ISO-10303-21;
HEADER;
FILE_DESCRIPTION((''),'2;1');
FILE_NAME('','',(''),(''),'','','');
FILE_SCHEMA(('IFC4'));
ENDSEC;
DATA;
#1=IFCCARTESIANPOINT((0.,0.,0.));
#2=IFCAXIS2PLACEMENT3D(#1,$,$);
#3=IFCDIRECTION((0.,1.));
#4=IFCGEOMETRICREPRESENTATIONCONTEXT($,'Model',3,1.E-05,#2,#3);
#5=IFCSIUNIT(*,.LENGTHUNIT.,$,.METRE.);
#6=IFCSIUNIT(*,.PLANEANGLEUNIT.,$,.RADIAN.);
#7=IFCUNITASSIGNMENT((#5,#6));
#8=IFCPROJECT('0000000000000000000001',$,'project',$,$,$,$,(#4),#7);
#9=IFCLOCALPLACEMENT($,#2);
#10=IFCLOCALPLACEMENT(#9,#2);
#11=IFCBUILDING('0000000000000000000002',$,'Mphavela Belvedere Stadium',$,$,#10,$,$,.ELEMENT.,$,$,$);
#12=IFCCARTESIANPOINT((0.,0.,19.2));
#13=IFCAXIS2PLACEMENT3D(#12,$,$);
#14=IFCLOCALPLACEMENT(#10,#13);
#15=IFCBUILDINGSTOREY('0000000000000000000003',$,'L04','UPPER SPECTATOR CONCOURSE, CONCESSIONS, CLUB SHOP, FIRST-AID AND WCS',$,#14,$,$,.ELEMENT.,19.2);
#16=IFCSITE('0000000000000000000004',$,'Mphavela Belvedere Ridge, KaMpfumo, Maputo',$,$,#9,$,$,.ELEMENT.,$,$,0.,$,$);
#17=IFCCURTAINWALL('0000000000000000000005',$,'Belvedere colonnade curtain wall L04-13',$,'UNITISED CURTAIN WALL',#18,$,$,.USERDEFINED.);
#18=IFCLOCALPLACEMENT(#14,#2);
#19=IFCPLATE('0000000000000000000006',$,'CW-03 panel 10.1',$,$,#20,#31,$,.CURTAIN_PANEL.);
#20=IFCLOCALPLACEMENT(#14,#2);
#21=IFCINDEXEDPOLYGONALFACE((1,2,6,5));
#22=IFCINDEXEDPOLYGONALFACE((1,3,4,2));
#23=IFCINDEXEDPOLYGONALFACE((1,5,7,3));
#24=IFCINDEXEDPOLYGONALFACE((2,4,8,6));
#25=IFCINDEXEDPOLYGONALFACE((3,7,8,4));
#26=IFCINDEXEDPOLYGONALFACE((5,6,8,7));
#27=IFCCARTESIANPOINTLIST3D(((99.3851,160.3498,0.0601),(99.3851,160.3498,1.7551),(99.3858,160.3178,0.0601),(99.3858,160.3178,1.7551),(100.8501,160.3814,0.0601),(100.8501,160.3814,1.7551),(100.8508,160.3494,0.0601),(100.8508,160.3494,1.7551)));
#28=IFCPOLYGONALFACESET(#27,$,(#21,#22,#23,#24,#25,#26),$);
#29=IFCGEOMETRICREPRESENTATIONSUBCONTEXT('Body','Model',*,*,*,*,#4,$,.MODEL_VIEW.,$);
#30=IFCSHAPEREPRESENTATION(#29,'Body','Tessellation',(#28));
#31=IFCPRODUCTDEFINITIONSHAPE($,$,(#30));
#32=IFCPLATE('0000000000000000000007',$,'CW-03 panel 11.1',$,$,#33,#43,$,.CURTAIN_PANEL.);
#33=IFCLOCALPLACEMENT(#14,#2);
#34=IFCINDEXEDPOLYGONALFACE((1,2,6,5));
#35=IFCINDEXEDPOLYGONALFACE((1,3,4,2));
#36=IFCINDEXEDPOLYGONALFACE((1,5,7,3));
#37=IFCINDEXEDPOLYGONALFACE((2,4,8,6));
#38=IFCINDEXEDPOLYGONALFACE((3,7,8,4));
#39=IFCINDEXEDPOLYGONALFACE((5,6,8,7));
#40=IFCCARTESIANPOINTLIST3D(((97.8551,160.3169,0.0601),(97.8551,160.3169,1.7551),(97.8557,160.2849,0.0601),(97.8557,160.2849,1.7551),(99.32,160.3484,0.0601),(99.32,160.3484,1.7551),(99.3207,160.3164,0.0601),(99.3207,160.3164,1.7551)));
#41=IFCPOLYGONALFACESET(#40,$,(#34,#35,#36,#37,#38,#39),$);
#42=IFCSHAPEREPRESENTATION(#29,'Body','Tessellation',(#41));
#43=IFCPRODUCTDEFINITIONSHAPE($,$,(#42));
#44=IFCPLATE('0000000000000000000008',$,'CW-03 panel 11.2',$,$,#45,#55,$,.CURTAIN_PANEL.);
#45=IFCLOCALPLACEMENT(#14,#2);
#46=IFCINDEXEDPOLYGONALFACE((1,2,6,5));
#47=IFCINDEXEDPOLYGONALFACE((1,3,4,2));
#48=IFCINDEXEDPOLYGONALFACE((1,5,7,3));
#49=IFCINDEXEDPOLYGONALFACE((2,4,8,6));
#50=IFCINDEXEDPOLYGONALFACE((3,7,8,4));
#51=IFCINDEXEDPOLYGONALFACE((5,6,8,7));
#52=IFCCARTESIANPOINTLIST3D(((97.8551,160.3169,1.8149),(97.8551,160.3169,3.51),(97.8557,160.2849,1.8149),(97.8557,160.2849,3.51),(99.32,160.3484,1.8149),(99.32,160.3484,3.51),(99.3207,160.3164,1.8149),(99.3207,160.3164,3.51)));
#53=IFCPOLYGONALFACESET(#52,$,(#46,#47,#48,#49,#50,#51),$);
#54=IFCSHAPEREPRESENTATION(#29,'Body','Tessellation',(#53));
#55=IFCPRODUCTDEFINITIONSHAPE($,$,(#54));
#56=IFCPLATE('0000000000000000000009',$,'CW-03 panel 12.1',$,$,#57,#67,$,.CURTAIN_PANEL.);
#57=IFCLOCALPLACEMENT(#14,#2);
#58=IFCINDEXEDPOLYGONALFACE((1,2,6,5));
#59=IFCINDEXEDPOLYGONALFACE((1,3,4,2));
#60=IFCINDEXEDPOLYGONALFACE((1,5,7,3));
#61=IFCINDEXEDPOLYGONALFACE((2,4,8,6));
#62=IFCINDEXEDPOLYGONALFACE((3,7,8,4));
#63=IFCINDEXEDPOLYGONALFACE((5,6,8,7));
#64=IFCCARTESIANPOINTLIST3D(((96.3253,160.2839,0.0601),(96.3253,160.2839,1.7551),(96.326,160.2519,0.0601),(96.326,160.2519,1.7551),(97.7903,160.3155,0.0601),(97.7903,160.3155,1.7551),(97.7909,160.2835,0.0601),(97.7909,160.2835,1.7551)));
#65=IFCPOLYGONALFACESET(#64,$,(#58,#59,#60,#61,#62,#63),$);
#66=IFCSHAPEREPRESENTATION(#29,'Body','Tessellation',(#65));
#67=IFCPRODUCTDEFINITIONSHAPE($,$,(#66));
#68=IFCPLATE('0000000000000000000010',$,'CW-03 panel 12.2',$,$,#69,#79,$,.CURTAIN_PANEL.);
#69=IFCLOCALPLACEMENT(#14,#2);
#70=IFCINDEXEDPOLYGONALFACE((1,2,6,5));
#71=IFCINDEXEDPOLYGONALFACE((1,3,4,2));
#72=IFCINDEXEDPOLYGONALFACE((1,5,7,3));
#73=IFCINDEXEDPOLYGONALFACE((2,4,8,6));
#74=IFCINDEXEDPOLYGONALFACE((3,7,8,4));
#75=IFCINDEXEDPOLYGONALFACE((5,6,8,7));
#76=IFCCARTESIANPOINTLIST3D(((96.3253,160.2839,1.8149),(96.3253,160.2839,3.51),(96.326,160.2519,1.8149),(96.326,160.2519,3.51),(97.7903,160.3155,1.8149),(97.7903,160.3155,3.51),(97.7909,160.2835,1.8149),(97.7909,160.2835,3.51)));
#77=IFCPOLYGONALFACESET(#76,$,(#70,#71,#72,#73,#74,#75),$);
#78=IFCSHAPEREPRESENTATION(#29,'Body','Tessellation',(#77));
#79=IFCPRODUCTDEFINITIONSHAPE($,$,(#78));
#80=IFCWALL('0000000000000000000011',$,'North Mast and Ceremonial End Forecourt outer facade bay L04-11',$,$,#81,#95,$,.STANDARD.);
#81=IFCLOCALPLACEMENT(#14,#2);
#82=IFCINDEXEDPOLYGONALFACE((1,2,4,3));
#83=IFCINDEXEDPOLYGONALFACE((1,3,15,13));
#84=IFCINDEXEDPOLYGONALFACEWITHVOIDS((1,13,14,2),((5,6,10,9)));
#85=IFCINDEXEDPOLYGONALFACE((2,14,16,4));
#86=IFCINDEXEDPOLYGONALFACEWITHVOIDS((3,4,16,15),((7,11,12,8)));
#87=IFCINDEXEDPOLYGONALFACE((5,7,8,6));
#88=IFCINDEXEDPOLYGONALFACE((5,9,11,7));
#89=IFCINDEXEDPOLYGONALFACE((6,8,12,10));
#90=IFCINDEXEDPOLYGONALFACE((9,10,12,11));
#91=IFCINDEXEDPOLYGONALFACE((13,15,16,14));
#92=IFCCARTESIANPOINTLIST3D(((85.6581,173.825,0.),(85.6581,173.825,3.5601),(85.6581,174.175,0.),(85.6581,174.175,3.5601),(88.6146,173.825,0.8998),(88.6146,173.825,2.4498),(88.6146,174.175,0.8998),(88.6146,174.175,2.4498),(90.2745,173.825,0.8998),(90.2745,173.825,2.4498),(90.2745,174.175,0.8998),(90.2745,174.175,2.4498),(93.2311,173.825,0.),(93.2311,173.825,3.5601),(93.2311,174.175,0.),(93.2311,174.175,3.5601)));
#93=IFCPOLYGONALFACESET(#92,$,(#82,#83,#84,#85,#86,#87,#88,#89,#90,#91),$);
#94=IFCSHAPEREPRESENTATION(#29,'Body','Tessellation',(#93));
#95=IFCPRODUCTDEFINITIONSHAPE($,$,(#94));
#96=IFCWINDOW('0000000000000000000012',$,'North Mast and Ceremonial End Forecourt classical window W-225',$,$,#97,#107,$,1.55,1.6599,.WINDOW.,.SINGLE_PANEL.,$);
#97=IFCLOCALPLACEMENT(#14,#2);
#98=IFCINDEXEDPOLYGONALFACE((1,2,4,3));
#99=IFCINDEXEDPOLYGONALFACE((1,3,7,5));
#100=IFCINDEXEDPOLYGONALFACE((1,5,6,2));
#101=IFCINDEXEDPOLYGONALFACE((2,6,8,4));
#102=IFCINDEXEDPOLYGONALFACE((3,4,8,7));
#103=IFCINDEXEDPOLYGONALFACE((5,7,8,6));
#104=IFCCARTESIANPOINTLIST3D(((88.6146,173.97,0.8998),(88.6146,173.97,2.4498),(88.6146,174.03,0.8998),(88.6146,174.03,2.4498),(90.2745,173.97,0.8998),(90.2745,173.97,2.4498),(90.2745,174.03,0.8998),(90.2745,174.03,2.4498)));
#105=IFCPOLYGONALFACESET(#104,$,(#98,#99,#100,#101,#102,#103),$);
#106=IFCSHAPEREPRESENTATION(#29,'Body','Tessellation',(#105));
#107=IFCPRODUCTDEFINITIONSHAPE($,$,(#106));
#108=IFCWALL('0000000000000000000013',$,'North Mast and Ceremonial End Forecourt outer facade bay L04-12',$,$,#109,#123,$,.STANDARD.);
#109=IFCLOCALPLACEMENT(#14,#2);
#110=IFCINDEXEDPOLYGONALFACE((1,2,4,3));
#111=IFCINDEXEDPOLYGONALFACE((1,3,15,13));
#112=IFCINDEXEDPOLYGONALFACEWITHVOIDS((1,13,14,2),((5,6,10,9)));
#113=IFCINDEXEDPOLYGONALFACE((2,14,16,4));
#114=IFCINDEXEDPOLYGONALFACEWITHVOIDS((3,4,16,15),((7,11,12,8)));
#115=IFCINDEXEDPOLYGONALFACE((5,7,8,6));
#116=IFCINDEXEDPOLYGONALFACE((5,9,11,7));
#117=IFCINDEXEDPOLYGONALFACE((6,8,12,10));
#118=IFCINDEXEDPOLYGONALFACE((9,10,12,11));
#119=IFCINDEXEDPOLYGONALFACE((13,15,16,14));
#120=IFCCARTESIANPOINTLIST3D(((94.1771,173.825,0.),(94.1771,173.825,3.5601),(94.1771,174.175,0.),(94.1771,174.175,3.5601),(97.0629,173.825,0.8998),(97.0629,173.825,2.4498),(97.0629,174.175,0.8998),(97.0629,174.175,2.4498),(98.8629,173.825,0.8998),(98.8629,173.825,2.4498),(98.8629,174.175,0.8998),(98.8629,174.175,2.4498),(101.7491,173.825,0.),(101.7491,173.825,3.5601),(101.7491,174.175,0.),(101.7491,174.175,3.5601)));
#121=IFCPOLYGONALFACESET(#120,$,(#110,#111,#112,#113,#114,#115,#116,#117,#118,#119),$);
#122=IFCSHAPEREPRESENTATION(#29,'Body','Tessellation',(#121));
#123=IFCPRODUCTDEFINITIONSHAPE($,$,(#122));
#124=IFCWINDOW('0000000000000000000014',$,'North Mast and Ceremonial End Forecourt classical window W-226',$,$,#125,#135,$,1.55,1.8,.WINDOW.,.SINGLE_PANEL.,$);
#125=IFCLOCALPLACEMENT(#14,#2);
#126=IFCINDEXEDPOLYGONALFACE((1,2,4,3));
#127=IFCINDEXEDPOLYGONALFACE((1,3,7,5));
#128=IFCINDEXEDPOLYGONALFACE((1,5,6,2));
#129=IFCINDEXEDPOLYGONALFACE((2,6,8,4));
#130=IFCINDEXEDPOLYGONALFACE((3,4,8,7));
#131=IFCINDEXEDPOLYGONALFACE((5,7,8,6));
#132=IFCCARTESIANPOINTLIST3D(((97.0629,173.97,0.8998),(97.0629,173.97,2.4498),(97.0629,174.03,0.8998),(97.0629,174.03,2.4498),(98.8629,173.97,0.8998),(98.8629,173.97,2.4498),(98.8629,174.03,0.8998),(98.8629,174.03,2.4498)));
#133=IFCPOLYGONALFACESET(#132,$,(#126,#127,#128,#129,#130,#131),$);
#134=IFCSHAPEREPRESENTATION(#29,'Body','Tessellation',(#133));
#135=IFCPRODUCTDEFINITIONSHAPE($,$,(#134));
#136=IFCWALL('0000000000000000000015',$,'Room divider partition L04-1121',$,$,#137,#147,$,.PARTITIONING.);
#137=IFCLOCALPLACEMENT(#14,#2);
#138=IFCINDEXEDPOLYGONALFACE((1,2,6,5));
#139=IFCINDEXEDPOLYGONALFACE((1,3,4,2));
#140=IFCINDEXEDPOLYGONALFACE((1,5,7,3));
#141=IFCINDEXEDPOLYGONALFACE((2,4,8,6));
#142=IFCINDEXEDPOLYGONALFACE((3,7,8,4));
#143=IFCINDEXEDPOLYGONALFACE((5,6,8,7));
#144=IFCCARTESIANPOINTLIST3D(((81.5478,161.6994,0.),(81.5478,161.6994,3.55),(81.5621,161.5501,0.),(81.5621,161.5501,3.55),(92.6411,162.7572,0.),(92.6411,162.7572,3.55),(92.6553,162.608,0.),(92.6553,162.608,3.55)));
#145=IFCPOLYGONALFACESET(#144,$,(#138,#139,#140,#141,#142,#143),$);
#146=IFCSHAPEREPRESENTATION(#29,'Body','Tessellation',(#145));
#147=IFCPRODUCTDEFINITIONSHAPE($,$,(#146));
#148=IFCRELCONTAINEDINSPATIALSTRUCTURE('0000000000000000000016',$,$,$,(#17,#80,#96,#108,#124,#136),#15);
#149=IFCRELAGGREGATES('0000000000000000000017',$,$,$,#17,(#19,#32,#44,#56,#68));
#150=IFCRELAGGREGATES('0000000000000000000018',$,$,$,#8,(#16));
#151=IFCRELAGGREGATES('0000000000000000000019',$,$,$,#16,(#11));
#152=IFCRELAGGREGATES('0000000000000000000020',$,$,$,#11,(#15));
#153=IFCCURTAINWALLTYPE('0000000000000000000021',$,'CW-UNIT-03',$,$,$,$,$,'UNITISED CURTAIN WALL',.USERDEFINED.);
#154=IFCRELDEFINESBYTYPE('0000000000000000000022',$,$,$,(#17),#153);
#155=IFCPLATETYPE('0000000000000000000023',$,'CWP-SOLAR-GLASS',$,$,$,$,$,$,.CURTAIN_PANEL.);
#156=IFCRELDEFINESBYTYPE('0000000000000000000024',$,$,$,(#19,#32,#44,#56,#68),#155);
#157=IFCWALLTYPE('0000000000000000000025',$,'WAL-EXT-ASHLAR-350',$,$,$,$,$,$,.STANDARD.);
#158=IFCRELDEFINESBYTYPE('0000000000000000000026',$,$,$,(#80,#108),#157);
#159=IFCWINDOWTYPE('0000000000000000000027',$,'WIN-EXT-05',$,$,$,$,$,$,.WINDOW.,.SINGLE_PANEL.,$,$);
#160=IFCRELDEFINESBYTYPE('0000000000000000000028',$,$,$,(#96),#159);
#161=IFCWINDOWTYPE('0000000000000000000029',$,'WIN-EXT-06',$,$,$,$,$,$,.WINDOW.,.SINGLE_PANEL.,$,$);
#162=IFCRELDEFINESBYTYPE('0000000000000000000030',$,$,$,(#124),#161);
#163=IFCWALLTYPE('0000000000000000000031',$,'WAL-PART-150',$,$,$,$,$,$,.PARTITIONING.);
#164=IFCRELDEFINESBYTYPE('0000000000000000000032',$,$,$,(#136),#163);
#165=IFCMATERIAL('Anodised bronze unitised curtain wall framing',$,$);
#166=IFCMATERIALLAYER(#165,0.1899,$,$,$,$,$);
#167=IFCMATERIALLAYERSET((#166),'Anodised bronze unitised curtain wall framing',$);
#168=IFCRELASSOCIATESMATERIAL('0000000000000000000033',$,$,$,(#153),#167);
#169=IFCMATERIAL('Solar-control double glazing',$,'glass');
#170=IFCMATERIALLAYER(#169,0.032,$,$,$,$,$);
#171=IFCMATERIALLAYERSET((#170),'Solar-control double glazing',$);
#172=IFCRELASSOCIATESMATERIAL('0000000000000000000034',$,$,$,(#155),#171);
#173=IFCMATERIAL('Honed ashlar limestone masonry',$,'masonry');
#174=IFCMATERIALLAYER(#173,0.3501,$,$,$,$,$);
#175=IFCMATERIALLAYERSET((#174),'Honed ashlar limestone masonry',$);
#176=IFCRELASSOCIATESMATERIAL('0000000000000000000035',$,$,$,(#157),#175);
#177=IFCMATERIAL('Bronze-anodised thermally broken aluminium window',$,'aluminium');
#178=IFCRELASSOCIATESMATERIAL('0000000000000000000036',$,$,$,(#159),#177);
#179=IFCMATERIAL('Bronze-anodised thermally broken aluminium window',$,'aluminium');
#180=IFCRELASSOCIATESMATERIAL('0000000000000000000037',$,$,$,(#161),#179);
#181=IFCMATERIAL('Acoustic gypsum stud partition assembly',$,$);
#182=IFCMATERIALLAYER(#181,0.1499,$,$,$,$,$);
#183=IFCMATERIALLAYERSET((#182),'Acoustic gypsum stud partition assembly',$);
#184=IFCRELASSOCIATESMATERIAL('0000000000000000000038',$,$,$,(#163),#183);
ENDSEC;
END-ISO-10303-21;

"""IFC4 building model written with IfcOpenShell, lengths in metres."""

from ifc_helpers import new_model, si_unit, direction, frame, frame_2d, origin, origin_2d, place, context, subcontext, project, spatial, rectangle, extrude, material, layer, layer_set, type_object, element, fill, aggregate, save


model = new_model("IFC4")

# Units and contexts
model_context = context("Model", 3, precision=1e-05, world=origin(), true_north=direction((0.0, 1.0)))
body_context = subcontext(model_context, "Body", "Model", "MODEL_VIEW")
ifc_project = project(units=[si_unit("LENGTHUNIT", "METRE"), si_unit("PLANEANGLEUNIT", "RADIAN")], contexts=[model_context])

# Site, building, storey
site_placement = place(None, origin())
site = spatial("IfcSite", under=ifc_project, at=site_placement, Name="Mphavela Belvedere Ridge, KaMpfumo, Maputo", CompositionType="ELEMENT", RefElevation=0.0)
building_placement = place(site_placement, origin())
building = spatial("IfcBuilding", under=site, at=building_placement, Name="Mphavela Belvedere Stadium", CompositionType="ELEMENT")
storey_placement = place(building_placement, frame((0.0, 0.0, 19.2)))
storey = spatial("IfcBuildingStorey", under=building, at=storey_placement, Name="L04", Description="UPPER SPECTATOR CONCOURSE, CONCESSIONS, CLUB SHOP, FIRST-AID AND WCS", CompositionType="ELEMENT", Elevation=19.2)

# Curtain wall, plates
ifc_material_1 = material(Name="Anodised bronze unitised curtain wall framing")
ifc_layer_1 = layer(ifc_material_1, 0.1899)
ifc_layer_set_1 = layer_set([ifc_layer_1], Name="Anodised bronze unitised curtain wall framing")
curtain_wall_type = type_object("IfcCurtainWallType", Name="CW-UNIT-03", ElementType="UNITISED CURTAIN WALL", PredefinedType="USERDEFINED", material=ifc_layer_set_1)
curtain_wall_placement = place(storey_placement, origin())
curtain_wall = element("IfcCurtainWall", 1, at=curtain_wall_placement, inside=storey, type_object=curtain_wall_type, Name="Belvedere colonnade curtain wall L04-13", ObjectType="UNITISED CURTAIN WALL", PredefinedType="USERDEFINED")
ifc_material_2 = material(Name="Solar-control double glazing", Category="glass")
ifc_layer_2 = layer(ifc_material_2, 0.032)
ifc_layer_set_2 = layer_set([ifc_layer_2], Name="Solar-control double glazing")
plate_type = type_object("IfcPlateType", Name="CWP-SOLAR-GLASS", PredefinedType="CURTAIN_PANEL", material=ifc_layer_set_2)
plate_1_placement = place(storey_placement, frame((100.1179, 160.3496, 0.0601), z_axis=(0.0, 0.0, 1.0), x_axis=(-0.999768, -0.021527, 0.0)))
plate_1 = element("IfcPlate", 2, at=plate_1_placement, type_object=plate_type, Name="CW-03 panel 10.1", PredefinedType="CURTAIN_PANEL", context=body_context, shape_type="SweptSolid", body=[
    extrude(rectangle(XDim=1.4653, YDim=0.032, at=origin_2d()), origin(), (0.0, 0.0, 1.0), 1.6951),
])
plate_2_placement = place(storey_placement, frame((98.5879, 160.3167, 0.0601), z_axis=(0.0, 0.0, 1.0), x_axis=(-0.999768, -0.021527, 0.0)))
plate_2 = element("IfcPlate", 3, at=plate_2_placement, type_object=plate_type, Name="CW-03 panel 11.1", PredefinedType="CURTAIN_PANEL", context=body_context, shape_type="SweptSolid", body=[
    extrude(rectangle(XDim=1.4653, YDim=0.032, at=origin_2d()), origin(), (0.0, 0.0, 1.0), 1.6951),
])
plate_3_placement = place(storey_placement, frame((98.5879, 160.3167, 1.8149), z_axis=(0.0, 0.0, 1.0), x_axis=(-0.999768, -0.021527, 0.0)))
plate_3 = element("IfcPlate", 4, at=plate_3_placement, type_object=plate_type, Name="CW-03 panel 11.2", PredefinedType="CURTAIN_PANEL", context=body_context, shape_type="SweptSolid", body=[
    extrude(rectangle(XDim=1.4653, YDim=0.032, at=origin_2d()), origin(), (0.0, 0.0, 1.0), 1.6951),
])
plate_4_placement = place(storey_placement, frame((97.0581, 160.2837, 0.0601), z_axis=(0.0, 0.0, 1.0), x_axis=(-0.999768, -0.021527, 0.0)))
plate_4 = element("IfcPlate", 5, at=plate_4_placement, type_object=plate_type, Name="CW-03 panel 12.1", PredefinedType="CURTAIN_PANEL", context=body_context, shape_type="SweptSolid", body=[
    extrude(rectangle(XDim=1.4653, YDim=0.032, at=origin_2d()), origin(), (0.0, 0.0, 1.0), 1.6951),
])
plate_5_placement = place(storey_placement, frame((97.0581, 160.2837, 1.8149), z_axis=(0.0, 0.0, 1.0), x_axis=(-0.999768, -0.021527, 0.0)))
plate_5 = element("IfcPlate", 6, at=plate_5_placement, type_object=plate_type, Name="CW-03 panel 12.2", PredefinedType="CURTAIN_PANEL", context=body_context, shape_type="SweptSolid", body=[
    extrude(rectangle(XDim=1.4653, YDim=0.032, at=origin_2d()), origin(), (0.0, 0.0, 1.0), 1.6951),
])
aggregate(curtain_wall, [plate_1, plate_2, plate_3, plate_4, plate_5])

# Walls, openings, windows
ifc_material_3 = material(Name="Honed ashlar limestone masonry", Category="masonry")
ifc_layer_3 = layer(ifc_material_3, 0.3501)
ifc_layer_set_3 = layer_set([ifc_layer_3], Name="Honed ashlar limestone masonry")
wall_type_1 = type_object("IfcWallType", Name="WAL-EXT-ASHLAR-350", PredefinedType="STANDARD", material=ifc_layer_set_3)
wall_1_placement = place(storey_placement, frame((85.658, 174.0, 0.0), z_axis=(0.0, 0.0, 1.0), x_axis=(1.0, 0.0, 0.0)))
wall_1 = element("IfcWall", 7, at=wall_1_placement, inside=storey, type_object=wall_type_1, Name="North Mast and Ceremonial End Forecourt outer facade bay L04-11", PredefinedType="STANDARD", context=body_context, shape_type="SweptSolid", body=[
    extrude(rectangle(XDim=7.573, YDim=0.3501, at=frame_2d((3.7866, 0.0))), origin(), (0.0, 0.0, 1.0), 3.5601),
])
opening_1_placement = place(wall_1_placement, frame((2.9565, 0.0, 0.8999)))
opening_1 = element("IfcOpeningElement", 8, at=opening_1_placement, cuts=wall_1, PredefinedType="OPENING", context=body_context, shape_type="SweptSolid", body=[
    extrude(rectangle(XDim=1.6599, YDim=1.55, at=frame_2d((0.8301, 0.7749))), frame((0.0, 0.1851, 0.0), z_axis=(0.0, -1.0, 0.0), x_axis=(1.0, 0.0, 0.0)), (0.0, 0.0, 1.0), 0.3701),
])
ifc_material_4 = material(Name="Bronze-anodised thermally broken aluminium window", Category="aluminium")
window_type_1 = type_object("IfcWindowType", Name="WIN-EXT-05", PartitioningType="SINGLE_PANEL", PredefinedType="WINDOW", material=ifc_material_4)
window_1_placement = place(opening_1_placement, origin())
window_1 = element("IfcWindow", 9, at=window_1_placement, inside=storey, type_object=window_type_1, Name="North Mast and Ceremonial End Forecourt classical window W-225", OverallHeight=1.55, OverallWidth=1.6599, PartitioningType="SINGLE_PANEL", PredefinedType="WINDOW", context=body_context, shape_type="SweptSolid", body=[
    extrude(rectangle(XDim=1.6599, YDim=1.55, at=frame_2d((0.8301, 0.7749))), frame((0.0, 0.03, 0.0), z_axis=(0.0, -1.0, 0.0), x_axis=(1.0, 0.0, 0.0)), (0.0, 0.0, 1.0), 0.0601),
])
fill(opening_1, window_1)
wall_2_placement = place(storey_placement, frame((94.177, 174.0, 0.0), z_axis=(0.0, 0.0, 1.0), x_axis=(1.0, 0.0, 0.0)))
wall_2 = element("IfcWall", 10, at=wall_2_placement, inside=storey, type_object=wall_type_1, Name="North Mast and Ceremonial End Forecourt outer facade bay L04-12", PredefinedType="STANDARD", context=body_context, shape_type="SweptSolid", body=[
    extrude(rectangle(XDim=7.572, YDim=0.3501, at=frame_2d((3.7861, 0.0))), origin(), (0.0, 0.0, 1.0), 3.5601),
])
opening_2_placement = place(wall_2_placement, frame((2.886, 0.0, 0.8999)))
opening_2 = element("IfcOpeningElement", 11, at=opening_2_placement, cuts=wall_2, PredefinedType="OPENING", context=body_context, shape_type="SweptSolid", body=[
    extrude(rectangle(XDim=1.8, YDim=1.55, at=frame_2d((0.8999, 0.7749))), frame((0.0, 0.1851, 0.0), z_axis=(0.0, -1.0, 0.0), x_axis=(1.0, 0.0, 0.0)), (0.0, 0.0, 1.0), 0.3701),
])
ifc_material_5 = material(Name="Bronze-anodised thermally broken aluminium window", Category="aluminium")
window_type_2 = type_object("IfcWindowType", Name="WIN-EXT-06", PartitioningType="SINGLE_PANEL", PredefinedType="WINDOW", material=ifc_material_5)
window_2_placement = place(opening_2_placement, origin())
window_2 = element("IfcWindow", 12, at=window_2_placement, inside=storey, type_object=window_type_2, Name="North Mast and Ceremonial End Forecourt classical window W-226", OverallHeight=1.55, OverallWidth=1.8, PartitioningType="SINGLE_PANEL", PredefinedType="WINDOW", context=body_context, shape_type="SweptSolid", body=[
    extrude(rectangle(XDim=1.8, YDim=1.55, at=frame_2d((0.8999, 0.7749))), frame((0.0, 0.03, 0.0), z_axis=(0.0, -1.0, 0.0), x_axis=(1.0, 0.0, 0.0)), (0.0, 0.0, 1.0), 0.0601),
])
fill(opening_2, window_2)

# Wall
ifc_material_6 = material(Name="Acoustic gypsum stud partition assembly")
ifc_layer_4 = layer(ifc_material_6, 0.1499)
ifc_layer_set_4 = layer_set([ifc_layer_4], Name="Acoustic gypsum stud partition assembly")
wall_type_2 = type_object("IfcWallType", Name="WAL-PART-150", PredefinedType="PARTITIONING", material=ifc_layer_set_4)
wall_3_placement = place(storey_placement, frame((92.6482, 162.6826, 0.0), z_axis=(0.0, 0.0, 1.0), x_axis=(-0.995484, -0.09493, 0.0)))
element("IfcWall", 13, at=wall_3_placement, inside=storey, type_object=wall_type_2, Name="Room divider partition L04-1121", PredefinedType="PARTITIONING", context=body_context, shape_type="SweptSolid", body=[
    extrude(rectangle(XDim=11.1436, YDim=0.1499, at=frame_2d((5.5718, 0.0))), origin(), (0.0, 0.0, 1.0), 3.55),
])

save(model, "model.ifc")
